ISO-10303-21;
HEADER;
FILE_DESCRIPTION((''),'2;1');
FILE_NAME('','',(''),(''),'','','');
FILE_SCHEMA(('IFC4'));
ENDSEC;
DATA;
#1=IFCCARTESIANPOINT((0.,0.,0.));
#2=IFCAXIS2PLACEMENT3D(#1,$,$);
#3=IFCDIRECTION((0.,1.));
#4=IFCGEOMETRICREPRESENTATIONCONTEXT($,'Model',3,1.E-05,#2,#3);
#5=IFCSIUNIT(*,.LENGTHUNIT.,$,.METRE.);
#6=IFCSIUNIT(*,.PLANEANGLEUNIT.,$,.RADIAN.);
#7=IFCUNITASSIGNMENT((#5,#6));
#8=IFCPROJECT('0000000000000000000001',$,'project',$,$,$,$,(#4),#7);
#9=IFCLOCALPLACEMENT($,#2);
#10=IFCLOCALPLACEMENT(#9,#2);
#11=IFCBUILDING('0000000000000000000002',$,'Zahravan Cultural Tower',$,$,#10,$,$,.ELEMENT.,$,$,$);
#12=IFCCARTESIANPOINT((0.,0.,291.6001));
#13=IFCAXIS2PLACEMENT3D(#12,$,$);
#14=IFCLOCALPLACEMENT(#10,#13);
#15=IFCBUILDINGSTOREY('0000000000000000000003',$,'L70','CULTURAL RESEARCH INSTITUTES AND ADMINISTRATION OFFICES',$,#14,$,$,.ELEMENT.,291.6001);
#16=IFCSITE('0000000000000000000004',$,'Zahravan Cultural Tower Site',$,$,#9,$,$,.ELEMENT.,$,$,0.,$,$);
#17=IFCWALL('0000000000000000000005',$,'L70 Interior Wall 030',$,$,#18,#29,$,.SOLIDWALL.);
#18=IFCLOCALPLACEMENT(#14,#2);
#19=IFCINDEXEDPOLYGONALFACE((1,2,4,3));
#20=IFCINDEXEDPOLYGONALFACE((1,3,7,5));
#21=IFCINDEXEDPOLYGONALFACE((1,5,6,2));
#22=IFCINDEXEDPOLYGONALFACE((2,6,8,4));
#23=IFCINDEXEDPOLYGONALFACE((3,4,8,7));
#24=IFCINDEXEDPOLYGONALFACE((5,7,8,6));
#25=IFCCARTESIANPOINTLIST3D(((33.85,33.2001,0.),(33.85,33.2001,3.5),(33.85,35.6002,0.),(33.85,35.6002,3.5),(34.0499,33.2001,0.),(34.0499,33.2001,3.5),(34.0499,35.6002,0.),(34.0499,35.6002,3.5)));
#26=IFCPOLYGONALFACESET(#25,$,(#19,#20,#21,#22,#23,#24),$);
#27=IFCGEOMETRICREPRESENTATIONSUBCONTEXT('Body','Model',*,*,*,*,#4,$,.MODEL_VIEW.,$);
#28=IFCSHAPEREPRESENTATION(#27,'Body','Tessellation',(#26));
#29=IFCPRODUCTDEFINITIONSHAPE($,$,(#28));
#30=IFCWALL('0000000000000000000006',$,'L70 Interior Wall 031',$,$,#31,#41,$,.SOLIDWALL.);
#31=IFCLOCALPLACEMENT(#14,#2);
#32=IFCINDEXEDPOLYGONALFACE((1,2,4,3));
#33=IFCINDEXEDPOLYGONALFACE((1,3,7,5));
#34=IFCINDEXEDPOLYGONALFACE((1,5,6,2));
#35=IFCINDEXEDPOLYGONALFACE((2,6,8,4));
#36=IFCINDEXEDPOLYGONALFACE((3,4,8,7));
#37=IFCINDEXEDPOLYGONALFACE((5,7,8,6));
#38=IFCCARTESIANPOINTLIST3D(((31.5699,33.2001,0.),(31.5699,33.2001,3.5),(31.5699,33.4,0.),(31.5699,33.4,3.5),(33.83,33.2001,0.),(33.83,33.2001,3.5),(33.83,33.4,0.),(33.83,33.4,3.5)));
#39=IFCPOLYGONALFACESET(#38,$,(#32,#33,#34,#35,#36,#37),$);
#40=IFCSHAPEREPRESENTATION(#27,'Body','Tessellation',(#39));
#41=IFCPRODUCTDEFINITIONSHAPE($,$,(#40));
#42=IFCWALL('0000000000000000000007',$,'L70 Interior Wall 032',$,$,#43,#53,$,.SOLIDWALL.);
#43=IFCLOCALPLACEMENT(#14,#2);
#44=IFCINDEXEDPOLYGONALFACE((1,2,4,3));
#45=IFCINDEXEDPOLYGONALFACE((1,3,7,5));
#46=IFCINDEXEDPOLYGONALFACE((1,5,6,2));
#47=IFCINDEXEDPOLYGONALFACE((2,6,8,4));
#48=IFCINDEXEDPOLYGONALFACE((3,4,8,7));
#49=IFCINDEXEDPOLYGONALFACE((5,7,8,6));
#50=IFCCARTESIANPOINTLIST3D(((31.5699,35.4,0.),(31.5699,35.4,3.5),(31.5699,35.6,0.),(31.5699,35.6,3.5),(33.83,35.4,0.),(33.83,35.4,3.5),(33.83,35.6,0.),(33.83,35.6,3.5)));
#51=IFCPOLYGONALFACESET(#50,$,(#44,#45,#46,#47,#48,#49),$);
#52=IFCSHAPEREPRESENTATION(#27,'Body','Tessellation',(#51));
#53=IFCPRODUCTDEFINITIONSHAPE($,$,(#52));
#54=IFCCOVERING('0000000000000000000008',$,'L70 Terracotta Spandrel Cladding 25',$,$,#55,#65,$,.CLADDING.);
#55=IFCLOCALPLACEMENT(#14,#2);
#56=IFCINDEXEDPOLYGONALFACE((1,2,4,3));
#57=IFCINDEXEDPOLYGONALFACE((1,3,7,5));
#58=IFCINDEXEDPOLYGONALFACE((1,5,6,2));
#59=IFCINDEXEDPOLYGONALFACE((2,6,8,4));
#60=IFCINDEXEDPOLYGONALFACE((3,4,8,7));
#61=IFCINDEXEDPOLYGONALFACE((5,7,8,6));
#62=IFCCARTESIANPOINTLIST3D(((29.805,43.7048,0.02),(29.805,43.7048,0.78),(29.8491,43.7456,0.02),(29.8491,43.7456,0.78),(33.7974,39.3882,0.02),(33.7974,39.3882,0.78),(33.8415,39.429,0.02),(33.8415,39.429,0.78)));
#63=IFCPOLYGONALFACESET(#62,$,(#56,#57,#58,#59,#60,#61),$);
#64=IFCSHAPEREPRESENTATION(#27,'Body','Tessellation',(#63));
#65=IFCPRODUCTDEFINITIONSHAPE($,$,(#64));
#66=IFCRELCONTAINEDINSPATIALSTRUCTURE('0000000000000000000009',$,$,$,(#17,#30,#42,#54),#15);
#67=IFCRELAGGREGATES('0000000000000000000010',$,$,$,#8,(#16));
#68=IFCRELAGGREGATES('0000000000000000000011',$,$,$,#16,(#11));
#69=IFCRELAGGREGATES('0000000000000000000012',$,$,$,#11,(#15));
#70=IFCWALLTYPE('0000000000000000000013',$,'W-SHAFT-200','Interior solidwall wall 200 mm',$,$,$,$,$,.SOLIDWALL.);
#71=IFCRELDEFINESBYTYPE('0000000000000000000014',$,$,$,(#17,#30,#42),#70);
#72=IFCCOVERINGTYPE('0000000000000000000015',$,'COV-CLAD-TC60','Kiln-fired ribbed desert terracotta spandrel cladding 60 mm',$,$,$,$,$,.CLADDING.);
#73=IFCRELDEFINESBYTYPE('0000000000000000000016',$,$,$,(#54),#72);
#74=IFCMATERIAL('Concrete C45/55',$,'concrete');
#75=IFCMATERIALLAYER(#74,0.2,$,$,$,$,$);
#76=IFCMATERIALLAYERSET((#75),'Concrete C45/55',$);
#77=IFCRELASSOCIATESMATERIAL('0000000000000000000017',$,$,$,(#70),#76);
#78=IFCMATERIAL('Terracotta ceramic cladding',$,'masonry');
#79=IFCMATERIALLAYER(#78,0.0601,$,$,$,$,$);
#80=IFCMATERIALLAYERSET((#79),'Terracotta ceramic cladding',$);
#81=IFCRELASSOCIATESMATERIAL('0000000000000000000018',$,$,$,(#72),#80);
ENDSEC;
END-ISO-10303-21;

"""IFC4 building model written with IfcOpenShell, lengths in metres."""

from ifc_helpers import new_model, si_unit, direction, frame, frame_2d, origin, origin_2d, place, context, subcontext, project, spatial, rectangle, extrude, source, transform, mapped, material, layer, layer_set, type_object, element, save


model = new_model("IFC4")

# Units and contexts
model_context = context("Model", 3, precision=1e-05, world=origin(), true_north=direction((0.0, 1.0)))
body_context = subcontext(model_context, "Body", "Model", "MODEL_VIEW")
ifc_project = project(units=[si_unit("LENGTHUNIT", "METRE"), si_unit("PLANEANGLEUNIT", "RADIAN")], contexts=[model_context])

# Site, building, storey
site_placement = place(None, origin())
site = spatial("IfcSite", under=ifc_project, at=site_placement, Name="Zahravan Cultural Tower Site", CompositionType="ELEMENT", RefElevation=0.0)
building_placement = place(site_placement, origin())
building = spatial("IfcBuilding", under=site, at=building_placement, Name="Zahravan Cultural Tower", CompositionType="ELEMENT")
storey_placement = place(building_placement, frame((0.0, 0.0, 291.6001)))
storey = spatial("IfcBuildingStorey", under=building, at=storey_placement, Name="L70", Description="CULTURAL RESEARCH INSTITUTES AND ADMINISTRATION OFFICES", CompositionType="ELEMENT", Elevation=291.6001)

# Shared definitions
ifc_material_1 = material(Name="Concrete C45/55", Category="concrete")

# Shared definitions
ifc_layer_1 = layer(ifc_material_1, 0.2)
ifc_layer_set_1 = layer_set([ifc_layer_1], Name="Concrete C45/55")
wall_type_1 = type_object("IfcWallType", Name="W-SHAFT-200", Description="Interior solidwall wall 200 mm", PredefinedType="SOLIDWALL", material=ifc_layer_set_1)

# Walls
shared_shape_1 = source(origin(), body_context, "Body", "SweptSolid", [
    extrude(rectangle(XDim=2.4001, YDim=0.2, at=frame_2d((1.2002, 0.0))), origin(), (0.0, 0.0, 1.0), 3.5),
])
wall_1_placement = place(storey_placement, frame((33.95, 33.2, 0.0), z_axis=(0.0, 0.0, 1.0), x_axis=(0.0, 1.0, 0.0)))
element("IfcWall", 1, at=wall_1_placement, inside=storey, type_object=wall_type_1, Name="L70 Interior Wall 030", PredefinedType="SOLIDWALL", context=body_context, shape_type="MappedRepresentation", body=[
    mapped(shared_shape_1, transform((0.0, 0.0, 0.0), x_axis=(1.0, 0.0, 0.0), y_axis=(0.0, 1.0, 0.0), z_axis=(0.0, 0.0, 1.0), scale=1.0)),
])
shared_shape_2 = source(origin(), body_context, "Body", "SweptSolid", [
    extrude(rectangle(XDim=2.26, YDim=0.2, at=frame_2d((1.1299, 0.0))), origin(), (0.0, 0.0, 1.0), 3.5),
])
for number, where, z_axis, x_axis, name in (
    (2, (31.5701, 33.3, 0.0), (0.0, 0.0, 1.0), (1.0, 0.0, 0.0), "L70 Interior Wall 031"),
    (3, (31.5701, 35.5, 0.0), (0.0, 0.0, 1.0), (1.0, 0.0, 0.0), "L70 Interior Wall 032"),
):
    element("IfcWall", number, at=place(storey_placement, frame(where, z_axis=z_axis, x_axis=x_axis)), inside=storey, type_object=wall_type_1, Name=name, PredefinedType="SOLIDWALL", context=body_context, shape_type="MappedRepresentation", body=[
        mapped(shared_shape_2, transform((0.0, 0.0, 0.0), x_axis=(1.0, 0.0, 0.0), y_axis=(0.0, 1.0, 0.0), z_axis=(0.0, 0.0, 1.0), scale=1.0)),
    ])

# Covering
ifc_material_2 = material(Name="Terracotta ceramic cladding", Category="masonry")
ifc_layer_2 = layer(ifc_material_2, 0.0601)
ifc_layer_set_2 = layer_set([ifc_layer_2], Name="Terracotta ceramic cladding")
covering_type = type_object("IfcCoveringType", Name="COV-CLAD-TC60", Description="Kiln-fired ribbed desert terracotta spandrel cladding 60 mm", PredefinedType="CLADDING", material=ifc_layer_set_2)
shared_shape_3 = source(origin(), body_context, "Body", "SweptSolid", [
    extrude(rectangle(XDim=5.8799, YDim=0.0601, at=origin_2d()), origin(), (0.0, 0.0, 1.0), 0.76),
])
covering_placement = place(storey_placement, frame((31.8232, 41.5669, 0.02), z_axis=(0.0, 0.0, 1.0), x_axis=(0.679006, -0.734133, 0.0)))
element("IfcCovering", 4, at=covering_placement, inside=storey, type_object=covering_type, Name="L70 Terracotta Spandrel Cladding 25", PredefinedType="CLADDING", context=body_context, shape_type="MappedRepresentation", body=[
    mapped(shared_shape_3, transform((0.0, 0.0, 0.0), x_axis=(1.0, 0.0, 0.0), y_axis=(0.0, 1.0, 0.0), z_axis=(0.0, 0.0, 1.0), scale=1.0)),
])

save(model, "model.ifc")
